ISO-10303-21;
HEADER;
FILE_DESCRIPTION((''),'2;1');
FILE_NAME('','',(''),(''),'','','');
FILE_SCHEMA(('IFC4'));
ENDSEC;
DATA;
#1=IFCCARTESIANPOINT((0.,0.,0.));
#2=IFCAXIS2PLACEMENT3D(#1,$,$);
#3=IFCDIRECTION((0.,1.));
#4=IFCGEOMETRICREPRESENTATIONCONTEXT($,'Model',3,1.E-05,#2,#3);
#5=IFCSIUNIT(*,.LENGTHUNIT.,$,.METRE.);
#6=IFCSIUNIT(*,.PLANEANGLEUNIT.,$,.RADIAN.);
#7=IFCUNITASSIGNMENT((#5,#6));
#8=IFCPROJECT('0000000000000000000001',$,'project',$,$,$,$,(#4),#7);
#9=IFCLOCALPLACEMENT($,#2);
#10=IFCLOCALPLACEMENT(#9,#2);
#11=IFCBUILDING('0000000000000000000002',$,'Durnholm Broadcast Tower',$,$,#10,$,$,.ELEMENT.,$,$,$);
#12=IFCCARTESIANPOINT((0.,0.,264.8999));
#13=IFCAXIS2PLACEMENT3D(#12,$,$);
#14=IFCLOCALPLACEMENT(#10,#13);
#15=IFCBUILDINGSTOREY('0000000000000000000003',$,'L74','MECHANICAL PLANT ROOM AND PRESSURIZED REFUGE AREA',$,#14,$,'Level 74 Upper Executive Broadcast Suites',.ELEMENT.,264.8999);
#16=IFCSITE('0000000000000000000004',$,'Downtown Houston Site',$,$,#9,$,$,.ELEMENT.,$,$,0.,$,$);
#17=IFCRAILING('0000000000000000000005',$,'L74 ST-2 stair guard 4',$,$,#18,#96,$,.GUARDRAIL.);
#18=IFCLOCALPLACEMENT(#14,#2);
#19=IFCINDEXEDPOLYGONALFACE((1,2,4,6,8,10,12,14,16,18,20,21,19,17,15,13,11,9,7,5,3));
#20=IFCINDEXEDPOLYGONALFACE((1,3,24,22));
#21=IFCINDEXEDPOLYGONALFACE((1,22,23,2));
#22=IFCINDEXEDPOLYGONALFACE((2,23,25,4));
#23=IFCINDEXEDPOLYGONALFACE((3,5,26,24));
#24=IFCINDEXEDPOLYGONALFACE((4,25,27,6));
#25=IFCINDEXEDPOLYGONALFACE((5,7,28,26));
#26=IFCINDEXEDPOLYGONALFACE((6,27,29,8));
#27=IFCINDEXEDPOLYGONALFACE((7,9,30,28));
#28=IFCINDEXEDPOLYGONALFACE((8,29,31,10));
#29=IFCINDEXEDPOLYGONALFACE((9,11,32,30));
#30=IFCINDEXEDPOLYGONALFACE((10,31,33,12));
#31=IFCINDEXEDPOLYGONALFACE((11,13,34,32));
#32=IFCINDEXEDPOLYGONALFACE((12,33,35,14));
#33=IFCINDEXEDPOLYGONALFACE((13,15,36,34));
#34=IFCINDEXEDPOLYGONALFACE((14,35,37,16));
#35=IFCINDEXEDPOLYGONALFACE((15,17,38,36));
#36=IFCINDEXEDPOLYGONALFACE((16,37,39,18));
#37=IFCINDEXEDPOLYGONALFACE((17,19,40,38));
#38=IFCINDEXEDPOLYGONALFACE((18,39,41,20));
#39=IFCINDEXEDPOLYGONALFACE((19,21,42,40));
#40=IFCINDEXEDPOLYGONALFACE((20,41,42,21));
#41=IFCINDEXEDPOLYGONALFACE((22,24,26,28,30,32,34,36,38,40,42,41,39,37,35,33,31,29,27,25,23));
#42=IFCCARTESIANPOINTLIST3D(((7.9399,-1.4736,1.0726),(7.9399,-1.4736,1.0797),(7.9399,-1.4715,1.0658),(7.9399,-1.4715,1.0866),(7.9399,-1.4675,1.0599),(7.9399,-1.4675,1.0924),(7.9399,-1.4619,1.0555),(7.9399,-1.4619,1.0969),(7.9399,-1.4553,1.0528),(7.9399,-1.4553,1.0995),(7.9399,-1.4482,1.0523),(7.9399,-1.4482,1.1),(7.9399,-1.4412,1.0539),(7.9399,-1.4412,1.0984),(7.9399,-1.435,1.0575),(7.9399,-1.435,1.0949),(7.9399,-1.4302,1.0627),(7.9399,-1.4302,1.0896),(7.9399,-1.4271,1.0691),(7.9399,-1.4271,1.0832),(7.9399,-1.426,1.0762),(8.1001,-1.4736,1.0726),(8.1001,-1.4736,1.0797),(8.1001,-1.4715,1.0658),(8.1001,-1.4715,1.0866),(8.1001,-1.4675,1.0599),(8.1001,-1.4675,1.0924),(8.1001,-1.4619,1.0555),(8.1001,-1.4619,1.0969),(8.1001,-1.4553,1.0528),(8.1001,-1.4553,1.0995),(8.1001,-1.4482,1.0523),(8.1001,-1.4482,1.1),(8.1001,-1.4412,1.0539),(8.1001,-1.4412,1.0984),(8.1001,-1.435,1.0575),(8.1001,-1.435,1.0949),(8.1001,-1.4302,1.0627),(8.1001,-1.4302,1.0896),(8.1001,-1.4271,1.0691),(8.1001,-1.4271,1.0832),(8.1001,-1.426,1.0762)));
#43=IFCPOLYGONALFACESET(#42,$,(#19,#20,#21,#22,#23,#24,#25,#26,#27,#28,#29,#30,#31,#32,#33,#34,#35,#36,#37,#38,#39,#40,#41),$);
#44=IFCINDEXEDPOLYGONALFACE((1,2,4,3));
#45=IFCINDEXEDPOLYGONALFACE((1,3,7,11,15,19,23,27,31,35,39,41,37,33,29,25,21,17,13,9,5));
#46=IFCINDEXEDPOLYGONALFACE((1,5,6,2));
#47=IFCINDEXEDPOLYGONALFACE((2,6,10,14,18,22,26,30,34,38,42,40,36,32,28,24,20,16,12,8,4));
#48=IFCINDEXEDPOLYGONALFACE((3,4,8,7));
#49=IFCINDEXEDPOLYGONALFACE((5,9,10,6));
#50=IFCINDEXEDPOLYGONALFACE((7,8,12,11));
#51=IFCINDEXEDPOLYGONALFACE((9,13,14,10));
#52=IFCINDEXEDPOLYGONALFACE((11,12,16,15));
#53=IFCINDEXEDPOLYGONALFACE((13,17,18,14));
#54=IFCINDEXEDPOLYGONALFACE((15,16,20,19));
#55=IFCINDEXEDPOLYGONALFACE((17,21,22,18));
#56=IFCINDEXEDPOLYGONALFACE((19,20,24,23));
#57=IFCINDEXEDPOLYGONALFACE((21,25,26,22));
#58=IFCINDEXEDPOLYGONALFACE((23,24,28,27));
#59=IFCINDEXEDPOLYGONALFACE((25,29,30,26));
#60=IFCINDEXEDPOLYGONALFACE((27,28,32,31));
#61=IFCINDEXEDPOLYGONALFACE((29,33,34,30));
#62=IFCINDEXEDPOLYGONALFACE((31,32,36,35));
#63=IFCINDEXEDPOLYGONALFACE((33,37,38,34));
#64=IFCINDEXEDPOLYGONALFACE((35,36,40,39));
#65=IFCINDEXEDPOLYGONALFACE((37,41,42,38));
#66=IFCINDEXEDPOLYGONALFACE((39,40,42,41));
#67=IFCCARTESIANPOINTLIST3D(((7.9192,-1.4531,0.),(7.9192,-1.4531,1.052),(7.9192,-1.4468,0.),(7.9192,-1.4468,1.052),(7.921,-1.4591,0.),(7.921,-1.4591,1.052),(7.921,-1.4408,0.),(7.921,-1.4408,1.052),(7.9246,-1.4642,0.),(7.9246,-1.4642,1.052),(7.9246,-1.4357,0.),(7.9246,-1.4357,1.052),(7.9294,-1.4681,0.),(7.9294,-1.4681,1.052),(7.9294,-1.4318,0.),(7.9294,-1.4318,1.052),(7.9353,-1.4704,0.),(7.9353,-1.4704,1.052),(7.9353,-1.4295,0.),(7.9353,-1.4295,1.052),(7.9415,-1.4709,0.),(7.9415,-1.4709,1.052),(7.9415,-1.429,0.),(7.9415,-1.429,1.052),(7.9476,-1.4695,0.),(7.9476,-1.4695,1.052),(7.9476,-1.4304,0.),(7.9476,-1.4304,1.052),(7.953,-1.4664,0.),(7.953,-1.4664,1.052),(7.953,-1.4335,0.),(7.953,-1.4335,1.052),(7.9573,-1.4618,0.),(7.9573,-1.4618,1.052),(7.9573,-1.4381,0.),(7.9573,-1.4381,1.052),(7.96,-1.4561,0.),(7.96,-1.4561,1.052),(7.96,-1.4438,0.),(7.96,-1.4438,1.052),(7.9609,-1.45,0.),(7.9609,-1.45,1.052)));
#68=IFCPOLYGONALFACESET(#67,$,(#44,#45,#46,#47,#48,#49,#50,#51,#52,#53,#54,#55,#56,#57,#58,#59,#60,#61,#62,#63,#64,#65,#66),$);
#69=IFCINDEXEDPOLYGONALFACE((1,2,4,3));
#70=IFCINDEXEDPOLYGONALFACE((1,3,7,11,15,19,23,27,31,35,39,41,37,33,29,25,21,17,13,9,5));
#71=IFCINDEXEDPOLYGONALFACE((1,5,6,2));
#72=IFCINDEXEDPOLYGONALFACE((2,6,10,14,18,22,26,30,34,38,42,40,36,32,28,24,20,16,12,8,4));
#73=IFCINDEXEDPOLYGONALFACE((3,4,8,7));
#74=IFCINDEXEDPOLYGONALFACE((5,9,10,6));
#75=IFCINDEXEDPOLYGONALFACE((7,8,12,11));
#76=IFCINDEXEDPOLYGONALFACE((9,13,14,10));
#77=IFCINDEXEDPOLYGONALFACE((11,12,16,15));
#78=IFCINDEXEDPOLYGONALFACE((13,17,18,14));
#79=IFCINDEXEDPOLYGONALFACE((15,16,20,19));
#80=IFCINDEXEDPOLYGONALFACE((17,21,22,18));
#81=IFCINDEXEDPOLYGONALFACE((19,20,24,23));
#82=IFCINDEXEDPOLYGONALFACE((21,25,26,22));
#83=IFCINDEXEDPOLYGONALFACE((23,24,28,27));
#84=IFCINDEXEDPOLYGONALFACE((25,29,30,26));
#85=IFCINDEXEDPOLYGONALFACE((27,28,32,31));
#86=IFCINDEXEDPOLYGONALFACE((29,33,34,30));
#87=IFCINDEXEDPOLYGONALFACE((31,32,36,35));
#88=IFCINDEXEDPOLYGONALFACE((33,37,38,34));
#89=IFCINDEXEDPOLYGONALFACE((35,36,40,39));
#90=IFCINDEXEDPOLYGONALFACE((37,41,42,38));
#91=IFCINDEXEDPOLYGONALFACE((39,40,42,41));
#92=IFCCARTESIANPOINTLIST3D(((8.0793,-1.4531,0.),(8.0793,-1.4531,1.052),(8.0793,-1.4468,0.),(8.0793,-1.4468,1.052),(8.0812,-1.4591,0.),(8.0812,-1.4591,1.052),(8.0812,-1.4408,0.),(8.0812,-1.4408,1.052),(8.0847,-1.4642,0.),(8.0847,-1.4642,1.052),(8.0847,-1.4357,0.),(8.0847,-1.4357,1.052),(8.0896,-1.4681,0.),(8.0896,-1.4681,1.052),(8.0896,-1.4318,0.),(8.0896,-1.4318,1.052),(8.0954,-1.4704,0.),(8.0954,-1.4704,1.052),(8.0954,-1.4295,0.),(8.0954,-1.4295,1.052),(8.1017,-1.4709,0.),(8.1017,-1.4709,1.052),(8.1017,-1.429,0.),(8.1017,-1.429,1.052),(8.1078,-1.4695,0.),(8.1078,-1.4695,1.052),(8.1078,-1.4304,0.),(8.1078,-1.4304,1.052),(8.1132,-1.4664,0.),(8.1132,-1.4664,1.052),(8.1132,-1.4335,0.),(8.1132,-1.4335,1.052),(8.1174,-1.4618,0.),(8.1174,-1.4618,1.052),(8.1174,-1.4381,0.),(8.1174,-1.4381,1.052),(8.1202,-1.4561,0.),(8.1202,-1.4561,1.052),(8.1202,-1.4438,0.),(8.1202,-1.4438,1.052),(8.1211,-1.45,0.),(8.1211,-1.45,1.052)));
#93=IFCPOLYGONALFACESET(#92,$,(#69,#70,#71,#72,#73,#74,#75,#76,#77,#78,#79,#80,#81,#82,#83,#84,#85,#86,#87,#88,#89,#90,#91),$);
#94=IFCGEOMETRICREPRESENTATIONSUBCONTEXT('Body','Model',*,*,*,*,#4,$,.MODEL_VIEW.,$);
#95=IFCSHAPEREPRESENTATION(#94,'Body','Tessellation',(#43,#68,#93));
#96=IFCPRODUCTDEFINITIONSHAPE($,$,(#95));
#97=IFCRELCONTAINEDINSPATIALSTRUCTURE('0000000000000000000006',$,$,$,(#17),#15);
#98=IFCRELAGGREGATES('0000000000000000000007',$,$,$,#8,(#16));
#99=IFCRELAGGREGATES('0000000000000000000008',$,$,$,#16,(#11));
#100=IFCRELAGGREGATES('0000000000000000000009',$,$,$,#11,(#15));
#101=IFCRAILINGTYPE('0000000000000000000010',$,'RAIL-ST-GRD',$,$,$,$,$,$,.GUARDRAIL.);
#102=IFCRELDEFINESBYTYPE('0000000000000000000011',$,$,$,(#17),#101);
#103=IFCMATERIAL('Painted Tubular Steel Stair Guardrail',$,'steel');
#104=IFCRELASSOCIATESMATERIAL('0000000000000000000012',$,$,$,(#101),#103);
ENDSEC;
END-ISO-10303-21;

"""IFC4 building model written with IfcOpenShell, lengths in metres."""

from ifc_helpers import new_model, si_unit, direction, frame, origin, origin_2d, place, context, subcontext, project, spatial, circle, extrude, material, type_object, element, save


model = new_model("IFC4")

# Units and contexts
model_context = context("Model", 3, precision=1e-05, world=origin(), true_north=direction((0.0, 1.0)))
body_context = subcontext(model_context, "Body", "Model", "MODEL_VIEW")
ifc_project = project(units=[si_unit("LENGTHUNIT", "METRE"), si_unit("PLANEANGLEUNIT", "RADIAN")], contexts=[model_context])

# Site, building, storey
site_placement = place(None, origin())
site = spatial("IfcSite", under=ifc_project, at=site_placement, Name="Downtown Houston Site", CompositionType="ELEMENT", RefElevation=0.0)
building_placement = place(site_placement, origin())
building = spatial("IfcBuilding", under=site, at=building_placement, Name="Durnholm Broadcast Tower", CompositionType="ELEMENT")
storey_placement = place(building_placement, frame((0.0, 0.0, 264.8999)))
storey = spatial("IfcBuildingStorey", under=building, at=storey_placement, Name="L74", Description="MECHANICAL PLANT ROOM AND PRESSURIZED REFUGE AREA", LongName="Level 74 Upper Executive Broadcast Suites", CompositionType="ELEMENT", Elevation=264.8999)

# Railing
ifc_material_1 = material(Name="Painted Tubular Steel Stair Guardrail", Category="steel")
railing_type_1 = type_object("IfcRailingType", Name="RAIL-ST-GRD", PredefinedType="GUARDRAIL", material=ifc_material_1)
railing_1_placement = place(storey_placement, frame((7.9399, -1.45, 0.0)))
element("IfcRailing", 1, at=railing_1_placement, inside=storey, type_object=railing_type_1, Name="L74 ST-2 stair guard 4", PredefinedType="GUARDRAIL", context=body_context, shape_type="SweptSolid", body=[
    extrude(circle(Radius=0.0239, at=origin_2d()), frame((0.0, 0.0, 1.0762), z_axis=(1.0, 0.0, 0.0), x_axis=(0.0, 1.0, 0.0)), (0.0, 0.0, 1.0), 0.1602),
    extrude(circle(Radius=0.021, at=origin_2d()), origin(), (0.0, 0.0, 1.0), 1.052),
    extrude(circle(Radius=0.021, at=origin_2d()), frame((0.1602, 0.0, 0.0)), (0.0, 0.0, 1.0), 1.052),
])

save(model, "model.ifc")
